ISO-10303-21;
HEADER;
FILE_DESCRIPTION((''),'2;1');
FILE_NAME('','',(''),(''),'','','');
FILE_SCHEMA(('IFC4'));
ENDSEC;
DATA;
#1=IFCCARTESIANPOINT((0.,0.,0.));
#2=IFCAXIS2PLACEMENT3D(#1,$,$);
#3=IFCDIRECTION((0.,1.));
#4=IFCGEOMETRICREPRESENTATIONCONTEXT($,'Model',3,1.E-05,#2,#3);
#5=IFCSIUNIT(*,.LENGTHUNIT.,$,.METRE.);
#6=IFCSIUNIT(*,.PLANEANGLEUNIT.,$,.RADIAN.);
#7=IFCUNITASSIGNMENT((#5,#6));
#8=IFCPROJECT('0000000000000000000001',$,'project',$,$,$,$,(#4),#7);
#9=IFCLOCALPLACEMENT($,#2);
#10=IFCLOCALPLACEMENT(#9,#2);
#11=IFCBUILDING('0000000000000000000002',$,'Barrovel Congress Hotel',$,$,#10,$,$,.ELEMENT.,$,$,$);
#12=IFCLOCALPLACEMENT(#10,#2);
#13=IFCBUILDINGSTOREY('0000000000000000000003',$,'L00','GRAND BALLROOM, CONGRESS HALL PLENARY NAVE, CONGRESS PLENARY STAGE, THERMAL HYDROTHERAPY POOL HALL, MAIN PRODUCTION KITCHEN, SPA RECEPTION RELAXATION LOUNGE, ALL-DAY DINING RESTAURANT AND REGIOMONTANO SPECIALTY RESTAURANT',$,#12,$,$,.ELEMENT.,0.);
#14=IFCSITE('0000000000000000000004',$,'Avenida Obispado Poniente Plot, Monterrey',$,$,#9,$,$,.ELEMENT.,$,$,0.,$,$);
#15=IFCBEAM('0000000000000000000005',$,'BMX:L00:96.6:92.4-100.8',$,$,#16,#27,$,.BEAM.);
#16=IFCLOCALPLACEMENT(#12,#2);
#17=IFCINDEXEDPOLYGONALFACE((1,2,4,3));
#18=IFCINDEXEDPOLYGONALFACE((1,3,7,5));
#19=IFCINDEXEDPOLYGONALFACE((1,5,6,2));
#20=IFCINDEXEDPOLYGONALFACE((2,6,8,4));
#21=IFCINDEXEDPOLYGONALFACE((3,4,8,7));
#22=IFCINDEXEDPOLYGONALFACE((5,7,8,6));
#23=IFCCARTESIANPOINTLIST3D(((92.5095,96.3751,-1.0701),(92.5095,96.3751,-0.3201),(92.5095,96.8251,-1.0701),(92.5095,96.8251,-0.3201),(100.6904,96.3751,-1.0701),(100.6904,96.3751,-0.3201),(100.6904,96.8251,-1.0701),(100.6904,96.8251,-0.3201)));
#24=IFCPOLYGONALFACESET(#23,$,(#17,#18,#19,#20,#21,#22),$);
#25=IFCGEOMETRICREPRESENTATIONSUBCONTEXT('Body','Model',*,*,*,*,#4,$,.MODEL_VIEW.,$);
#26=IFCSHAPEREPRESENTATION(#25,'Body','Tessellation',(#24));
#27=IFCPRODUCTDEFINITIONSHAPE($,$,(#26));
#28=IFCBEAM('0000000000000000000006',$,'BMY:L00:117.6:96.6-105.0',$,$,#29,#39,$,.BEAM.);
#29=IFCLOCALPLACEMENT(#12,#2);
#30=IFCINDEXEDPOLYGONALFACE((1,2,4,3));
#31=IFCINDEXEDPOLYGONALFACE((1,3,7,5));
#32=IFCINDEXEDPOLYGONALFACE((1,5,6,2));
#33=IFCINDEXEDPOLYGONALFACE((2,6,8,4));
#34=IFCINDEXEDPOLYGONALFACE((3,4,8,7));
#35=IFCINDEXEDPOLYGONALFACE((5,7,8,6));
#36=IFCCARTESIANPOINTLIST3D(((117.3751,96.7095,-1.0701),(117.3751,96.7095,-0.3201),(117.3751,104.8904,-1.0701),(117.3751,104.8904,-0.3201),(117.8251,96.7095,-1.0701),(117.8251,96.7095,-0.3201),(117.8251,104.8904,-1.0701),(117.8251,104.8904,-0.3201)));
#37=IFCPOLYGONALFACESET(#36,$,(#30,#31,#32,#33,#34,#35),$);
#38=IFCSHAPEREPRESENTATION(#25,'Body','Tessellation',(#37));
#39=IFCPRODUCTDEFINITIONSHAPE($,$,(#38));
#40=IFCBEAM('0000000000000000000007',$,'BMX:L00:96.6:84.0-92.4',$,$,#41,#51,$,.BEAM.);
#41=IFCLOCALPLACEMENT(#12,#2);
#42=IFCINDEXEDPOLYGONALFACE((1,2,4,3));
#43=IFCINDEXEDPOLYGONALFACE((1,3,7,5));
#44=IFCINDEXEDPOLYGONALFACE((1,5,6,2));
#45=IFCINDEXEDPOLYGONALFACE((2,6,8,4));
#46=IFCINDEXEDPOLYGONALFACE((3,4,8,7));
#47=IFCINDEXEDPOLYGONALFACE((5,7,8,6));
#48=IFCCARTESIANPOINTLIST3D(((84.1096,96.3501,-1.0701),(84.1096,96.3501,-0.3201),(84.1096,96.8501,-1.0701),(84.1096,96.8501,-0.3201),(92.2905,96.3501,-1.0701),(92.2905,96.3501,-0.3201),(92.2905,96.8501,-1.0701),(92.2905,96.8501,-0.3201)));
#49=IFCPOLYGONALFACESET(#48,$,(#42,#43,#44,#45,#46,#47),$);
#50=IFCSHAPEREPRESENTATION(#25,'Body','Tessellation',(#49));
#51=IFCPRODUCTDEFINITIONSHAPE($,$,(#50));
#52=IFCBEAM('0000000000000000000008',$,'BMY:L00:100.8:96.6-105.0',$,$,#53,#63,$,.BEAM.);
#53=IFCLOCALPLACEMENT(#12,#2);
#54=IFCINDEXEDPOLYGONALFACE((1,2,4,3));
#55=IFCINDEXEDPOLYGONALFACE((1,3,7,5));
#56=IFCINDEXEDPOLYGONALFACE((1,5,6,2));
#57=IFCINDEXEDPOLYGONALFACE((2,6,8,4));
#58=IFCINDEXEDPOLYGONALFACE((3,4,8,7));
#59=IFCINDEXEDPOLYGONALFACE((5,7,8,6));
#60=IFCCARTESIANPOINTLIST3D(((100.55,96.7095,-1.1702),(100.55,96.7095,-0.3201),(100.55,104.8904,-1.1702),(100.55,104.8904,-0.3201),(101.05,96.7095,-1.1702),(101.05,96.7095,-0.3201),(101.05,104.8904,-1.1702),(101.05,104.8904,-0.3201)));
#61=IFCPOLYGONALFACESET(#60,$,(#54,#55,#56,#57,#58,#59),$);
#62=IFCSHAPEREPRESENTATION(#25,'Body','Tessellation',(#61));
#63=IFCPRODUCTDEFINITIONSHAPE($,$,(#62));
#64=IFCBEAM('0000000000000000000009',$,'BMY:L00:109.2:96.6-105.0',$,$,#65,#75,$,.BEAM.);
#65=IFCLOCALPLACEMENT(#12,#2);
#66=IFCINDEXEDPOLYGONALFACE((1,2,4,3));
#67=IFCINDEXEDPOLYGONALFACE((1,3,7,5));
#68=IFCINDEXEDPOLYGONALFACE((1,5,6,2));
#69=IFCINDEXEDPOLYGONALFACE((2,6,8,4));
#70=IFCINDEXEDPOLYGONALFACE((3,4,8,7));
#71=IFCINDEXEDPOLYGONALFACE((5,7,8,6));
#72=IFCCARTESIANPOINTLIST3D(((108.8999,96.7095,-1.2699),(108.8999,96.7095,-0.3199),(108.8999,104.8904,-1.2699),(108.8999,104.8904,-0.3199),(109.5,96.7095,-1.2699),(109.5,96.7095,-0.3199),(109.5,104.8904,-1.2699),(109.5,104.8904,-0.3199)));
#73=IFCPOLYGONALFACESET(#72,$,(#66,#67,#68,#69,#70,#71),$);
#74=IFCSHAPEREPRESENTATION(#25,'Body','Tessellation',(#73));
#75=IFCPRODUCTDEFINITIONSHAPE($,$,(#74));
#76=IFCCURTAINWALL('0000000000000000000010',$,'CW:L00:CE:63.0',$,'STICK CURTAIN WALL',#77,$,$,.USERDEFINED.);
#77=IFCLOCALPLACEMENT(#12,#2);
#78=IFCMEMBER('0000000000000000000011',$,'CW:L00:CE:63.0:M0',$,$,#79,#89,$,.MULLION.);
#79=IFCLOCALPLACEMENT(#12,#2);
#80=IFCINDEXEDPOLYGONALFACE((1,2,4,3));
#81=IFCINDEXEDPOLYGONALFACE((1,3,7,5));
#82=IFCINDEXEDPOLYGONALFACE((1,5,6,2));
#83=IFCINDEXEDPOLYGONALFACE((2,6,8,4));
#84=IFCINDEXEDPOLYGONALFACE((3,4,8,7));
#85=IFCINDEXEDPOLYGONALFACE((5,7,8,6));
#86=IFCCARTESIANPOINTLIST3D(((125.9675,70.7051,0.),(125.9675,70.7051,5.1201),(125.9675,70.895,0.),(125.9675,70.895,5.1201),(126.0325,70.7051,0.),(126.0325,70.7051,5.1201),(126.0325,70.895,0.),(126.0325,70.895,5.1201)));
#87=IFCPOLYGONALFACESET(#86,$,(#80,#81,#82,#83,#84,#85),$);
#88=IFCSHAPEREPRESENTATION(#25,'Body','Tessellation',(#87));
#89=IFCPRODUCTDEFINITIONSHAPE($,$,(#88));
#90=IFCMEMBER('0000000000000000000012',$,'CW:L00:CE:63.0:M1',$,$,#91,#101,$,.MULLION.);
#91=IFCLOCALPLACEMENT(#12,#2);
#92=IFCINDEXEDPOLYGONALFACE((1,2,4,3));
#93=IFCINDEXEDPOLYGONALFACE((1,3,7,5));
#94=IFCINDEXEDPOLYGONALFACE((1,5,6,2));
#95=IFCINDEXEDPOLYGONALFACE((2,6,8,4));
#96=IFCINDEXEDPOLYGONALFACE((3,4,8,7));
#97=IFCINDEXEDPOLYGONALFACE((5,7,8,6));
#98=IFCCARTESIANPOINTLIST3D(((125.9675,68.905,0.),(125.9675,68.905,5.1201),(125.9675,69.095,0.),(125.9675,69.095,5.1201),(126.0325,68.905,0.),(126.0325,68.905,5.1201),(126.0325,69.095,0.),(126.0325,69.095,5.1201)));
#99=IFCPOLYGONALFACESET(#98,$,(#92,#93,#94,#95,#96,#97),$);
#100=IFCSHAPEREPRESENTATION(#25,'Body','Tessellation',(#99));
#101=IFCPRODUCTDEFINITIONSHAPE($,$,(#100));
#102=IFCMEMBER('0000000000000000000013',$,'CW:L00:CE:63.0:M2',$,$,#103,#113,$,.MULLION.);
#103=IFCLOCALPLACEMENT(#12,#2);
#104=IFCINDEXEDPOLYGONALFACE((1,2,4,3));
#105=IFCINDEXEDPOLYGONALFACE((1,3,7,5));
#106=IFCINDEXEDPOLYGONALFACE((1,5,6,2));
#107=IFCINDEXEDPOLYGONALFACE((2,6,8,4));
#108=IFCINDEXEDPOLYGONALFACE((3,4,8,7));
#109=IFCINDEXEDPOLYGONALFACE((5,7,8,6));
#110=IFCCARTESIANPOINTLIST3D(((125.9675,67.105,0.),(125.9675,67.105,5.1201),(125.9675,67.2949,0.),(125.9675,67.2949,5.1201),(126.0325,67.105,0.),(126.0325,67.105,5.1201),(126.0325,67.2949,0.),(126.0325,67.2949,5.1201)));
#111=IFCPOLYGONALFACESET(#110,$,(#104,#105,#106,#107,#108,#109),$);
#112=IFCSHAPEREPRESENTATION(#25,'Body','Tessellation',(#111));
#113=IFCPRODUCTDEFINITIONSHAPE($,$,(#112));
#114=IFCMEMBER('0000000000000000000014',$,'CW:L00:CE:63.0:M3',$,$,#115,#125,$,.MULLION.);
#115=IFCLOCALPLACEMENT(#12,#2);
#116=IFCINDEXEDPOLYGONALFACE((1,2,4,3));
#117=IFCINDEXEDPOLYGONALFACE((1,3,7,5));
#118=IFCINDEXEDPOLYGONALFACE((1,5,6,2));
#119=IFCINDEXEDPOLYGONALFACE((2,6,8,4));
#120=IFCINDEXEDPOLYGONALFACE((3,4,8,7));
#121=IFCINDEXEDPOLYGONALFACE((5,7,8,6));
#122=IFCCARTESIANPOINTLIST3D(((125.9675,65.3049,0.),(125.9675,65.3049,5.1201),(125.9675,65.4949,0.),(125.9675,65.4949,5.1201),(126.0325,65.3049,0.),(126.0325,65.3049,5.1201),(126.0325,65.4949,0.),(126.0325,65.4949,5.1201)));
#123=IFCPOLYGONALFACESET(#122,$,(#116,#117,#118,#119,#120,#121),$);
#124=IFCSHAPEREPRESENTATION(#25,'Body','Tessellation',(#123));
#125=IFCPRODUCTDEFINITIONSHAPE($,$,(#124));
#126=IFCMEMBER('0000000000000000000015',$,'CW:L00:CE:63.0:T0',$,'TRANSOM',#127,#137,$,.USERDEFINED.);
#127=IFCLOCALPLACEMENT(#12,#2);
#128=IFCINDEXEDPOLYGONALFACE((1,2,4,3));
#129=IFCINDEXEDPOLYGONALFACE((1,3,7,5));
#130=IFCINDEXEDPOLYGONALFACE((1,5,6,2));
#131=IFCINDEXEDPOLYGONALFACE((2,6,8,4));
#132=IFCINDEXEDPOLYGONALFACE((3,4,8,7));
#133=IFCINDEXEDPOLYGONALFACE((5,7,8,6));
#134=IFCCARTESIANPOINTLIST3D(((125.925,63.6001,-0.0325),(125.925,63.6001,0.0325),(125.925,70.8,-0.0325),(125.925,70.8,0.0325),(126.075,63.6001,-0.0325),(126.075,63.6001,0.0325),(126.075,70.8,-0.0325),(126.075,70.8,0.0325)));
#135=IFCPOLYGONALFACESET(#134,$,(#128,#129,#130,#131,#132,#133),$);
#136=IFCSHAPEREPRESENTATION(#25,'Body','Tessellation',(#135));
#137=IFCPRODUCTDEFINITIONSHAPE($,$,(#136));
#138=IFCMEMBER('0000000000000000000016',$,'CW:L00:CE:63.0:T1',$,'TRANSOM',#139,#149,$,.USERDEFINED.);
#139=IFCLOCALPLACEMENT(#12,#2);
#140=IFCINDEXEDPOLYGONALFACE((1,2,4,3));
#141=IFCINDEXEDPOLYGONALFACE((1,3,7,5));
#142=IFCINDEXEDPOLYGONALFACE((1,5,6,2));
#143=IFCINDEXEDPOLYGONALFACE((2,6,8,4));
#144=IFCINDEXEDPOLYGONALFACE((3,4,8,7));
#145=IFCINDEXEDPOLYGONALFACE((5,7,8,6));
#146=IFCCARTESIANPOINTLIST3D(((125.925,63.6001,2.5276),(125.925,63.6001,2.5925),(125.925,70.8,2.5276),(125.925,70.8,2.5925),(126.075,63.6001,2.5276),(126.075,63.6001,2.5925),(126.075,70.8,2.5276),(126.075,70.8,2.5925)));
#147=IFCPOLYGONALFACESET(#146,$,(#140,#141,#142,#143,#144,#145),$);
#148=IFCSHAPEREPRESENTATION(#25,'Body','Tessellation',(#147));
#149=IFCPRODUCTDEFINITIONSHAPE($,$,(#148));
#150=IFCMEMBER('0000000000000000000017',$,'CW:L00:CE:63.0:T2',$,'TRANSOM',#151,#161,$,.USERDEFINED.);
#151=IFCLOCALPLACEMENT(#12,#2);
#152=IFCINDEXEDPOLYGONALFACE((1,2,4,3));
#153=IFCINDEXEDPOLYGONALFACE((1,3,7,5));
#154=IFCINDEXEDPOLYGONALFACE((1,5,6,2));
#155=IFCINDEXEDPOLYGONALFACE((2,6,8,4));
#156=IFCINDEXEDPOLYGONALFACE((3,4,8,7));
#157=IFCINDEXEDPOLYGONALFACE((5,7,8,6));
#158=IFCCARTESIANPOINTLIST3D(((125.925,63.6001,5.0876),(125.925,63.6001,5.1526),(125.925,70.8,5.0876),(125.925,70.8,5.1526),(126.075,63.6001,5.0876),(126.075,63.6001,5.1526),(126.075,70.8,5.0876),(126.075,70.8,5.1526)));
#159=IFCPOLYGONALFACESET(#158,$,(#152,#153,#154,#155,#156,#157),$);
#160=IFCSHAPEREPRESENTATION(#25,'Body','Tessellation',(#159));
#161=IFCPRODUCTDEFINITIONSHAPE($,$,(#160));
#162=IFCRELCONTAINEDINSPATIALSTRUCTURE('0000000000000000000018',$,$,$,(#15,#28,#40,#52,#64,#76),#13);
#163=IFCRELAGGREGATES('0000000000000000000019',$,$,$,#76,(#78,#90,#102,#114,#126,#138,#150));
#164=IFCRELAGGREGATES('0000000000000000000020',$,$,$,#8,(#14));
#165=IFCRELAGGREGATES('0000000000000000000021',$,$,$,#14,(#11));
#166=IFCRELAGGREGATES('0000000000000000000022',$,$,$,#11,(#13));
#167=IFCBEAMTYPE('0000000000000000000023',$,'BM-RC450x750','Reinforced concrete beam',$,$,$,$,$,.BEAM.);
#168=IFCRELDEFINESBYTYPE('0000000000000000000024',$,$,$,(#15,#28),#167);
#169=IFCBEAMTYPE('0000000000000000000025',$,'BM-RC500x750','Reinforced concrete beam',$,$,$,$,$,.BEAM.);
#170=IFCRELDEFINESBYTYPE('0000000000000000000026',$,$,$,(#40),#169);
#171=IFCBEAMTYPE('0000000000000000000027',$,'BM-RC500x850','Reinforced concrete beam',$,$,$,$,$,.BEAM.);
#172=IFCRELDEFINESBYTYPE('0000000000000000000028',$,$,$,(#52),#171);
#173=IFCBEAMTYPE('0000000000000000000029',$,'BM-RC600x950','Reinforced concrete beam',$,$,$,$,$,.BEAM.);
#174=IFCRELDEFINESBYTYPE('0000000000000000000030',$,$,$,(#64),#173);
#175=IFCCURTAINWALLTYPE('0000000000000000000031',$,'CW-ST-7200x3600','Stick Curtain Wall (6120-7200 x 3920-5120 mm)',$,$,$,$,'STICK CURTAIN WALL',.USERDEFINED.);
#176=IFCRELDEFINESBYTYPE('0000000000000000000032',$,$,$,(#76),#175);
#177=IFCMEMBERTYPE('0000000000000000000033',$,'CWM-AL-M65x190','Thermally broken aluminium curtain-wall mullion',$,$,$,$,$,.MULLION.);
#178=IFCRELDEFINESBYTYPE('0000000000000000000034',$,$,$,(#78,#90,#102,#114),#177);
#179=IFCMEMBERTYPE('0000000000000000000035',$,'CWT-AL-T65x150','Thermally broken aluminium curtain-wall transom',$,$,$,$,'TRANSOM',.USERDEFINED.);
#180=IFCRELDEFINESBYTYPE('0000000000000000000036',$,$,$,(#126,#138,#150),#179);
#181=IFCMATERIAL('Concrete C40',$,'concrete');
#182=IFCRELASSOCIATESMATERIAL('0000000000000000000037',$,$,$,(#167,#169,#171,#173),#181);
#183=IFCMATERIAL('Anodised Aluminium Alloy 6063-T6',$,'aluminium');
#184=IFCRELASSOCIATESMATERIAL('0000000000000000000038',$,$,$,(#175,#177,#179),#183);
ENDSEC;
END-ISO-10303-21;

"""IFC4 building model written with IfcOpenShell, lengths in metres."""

from ifc_helpers import new_model, si_unit, direction, frame, origin, origin_2d, place, context, subcontext, project, spatial, rectangle, extrude, material, material_profile, profile_set, type_object, element, aggregate, save


model = new_model("IFC4")

# Units and contexts
model_context = context("Model", 3, precision=1e-05, world=origin(), true_north=direction((0.0, 1.0)))
body_context = subcontext(model_context, "Body", "Model", "MODEL_VIEW")
ifc_project = project(units=[si_unit("LENGTHUNIT", "METRE"), si_unit("PLANEANGLEUNIT", "RADIAN")], contexts=[model_context])

# Site, building, storey
site_placement = place(None, origin())
site = spatial("IfcSite", under=ifc_project, at=site_placement, Name="Avenida Obispado Poniente Plot, Monterrey", CompositionType="ELEMENT", RefElevation=0.0)
building_placement = place(site_placement, origin())
building = spatial("IfcBuilding", under=site, at=building_placement, Name="Barrovel Congress Hotel", CompositionType="ELEMENT")
storey_placement = place(building_placement, origin())
storey = spatial("IfcBuildingStorey", under=building, at=storey_placement, Name="L00", Description="GRAND BALLROOM, CONGRESS HALL PLENARY NAVE, CONGRESS PLENARY STAGE, THERMAL HYDROTHERAPY POOL HALL, MAIN PRODUCTION KITCHEN, SPA RECEPTION RELAXATION LOUNGE, ALL-DAY DINING RESTAURANT AND REGIOMONTANO SPECIALTY RESTAURANT", CompositionType="ELEMENT", Elevation=0.0)

# Shared definitions
ifc_material_1 = material(Name="Concrete C40", Category="concrete")

# Beams
ifc_material_profile_1 = material_profile(ifc_material_1, rectangle(XDim=0.45, YDim=0.75, at=origin_2d()), Name="RC450x750")
ifc_profile_set_1 = profile_set([ifc_material_profile_1], Name="Concrete C40")
beam_type_1 = type_object("IfcBeamType", Name="BM-RC450x750", Description="Reinforced concrete beam", PredefinedType="BEAM", material=ifc_profile_set_1)
for number, where, z_axis, x_axis, name in (
    (1, (92.5095, 96.6001, -0.6951), (1.0, 0.0, 0.0), (0.0, 1.0, 0.0), "BMX:L00:96.6:92.4-100.8"),
    (2, (117.6001, 96.7095, -0.6951), (0.0, 1.0, 0.0), (-1.0, 0.0, 0.0), "BMY:L00:117.6:96.6-105.0"),
):
    element("IfcBeam", number, at=place(storey_placement, frame(where, z_axis=z_axis, x_axis=x_axis)), inside=storey, type_object=beam_type_1, Name=name, PredefinedType="BEAM", context=body_context, shape_type="SweptSolid", body=[
        extrude(rectangle(XDim=0.45, YDim=0.75, at=origin_2d()), origin(), (0.0, 0.0, 1.0), 8.1809),
    ])
ifc_material_profile_2 = material_profile(ifc_material_1, rectangle(XDim=0.5, YDim=0.75, at=origin_2d()), Name="RC500x750")
ifc_profile_set_2 = profile_set([ifc_material_profile_2], Name="Concrete C40")
beam_type_2 = type_object("IfcBeamType", Name="BM-RC500x750", Description="Reinforced concrete beam", PredefinedType="BEAM", material=ifc_profile_set_2)
beam_1_placement = place(storey_placement, frame((84.1096, 96.6001, -0.6951), z_axis=(1.0, 0.0, 0.0), x_axis=(0.0, 1.0, 0.0)))
element("IfcBeam", 3, at=beam_1_placement, inside=storey, type_object=beam_type_2, Name="BMX:L00:96.6:84.0-92.4", PredefinedType="BEAM", context=body_context, shape_type="SweptSolid", body=[
    extrude(rectangle(XDim=0.5, YDim=0.75, at=origin_2d()), origin(), (0.0, 0.0, 1.0), 8.1809),
])
ifc_material_profile_3 = material_profile(ifc_material_1, rectangle(XDim=0.5, YDim=0.8501, at=origin_2d()), Name="RC500x850")
ifc_profile_set_3 = profile_set([ifc_material_profile_3], Name="Concrete C40")
beam_type_3 = type_object("IfcBeamType", Name="BM-RC500x850", Description="Reinforced concrete beam", PredefinedType="BEAM", material=ifc_profile_set_3)
beam_2_placement = place(storey_placement, frame((100.8, 96.7095, -0.7451), z_axis=(0.0, 1.0, 0.0), x_axis=(-1.0, 0.0, 0.0)))
element("IfcBeam", 4, at=beam_2_placement, inside=storey, type_object=beam_type_3, Name="BMY:L00:100.8:96.6-105.0", PredefinedType="BEAM", context=body_context, shape_type="SweptSolid", body=[
    extrude(rectangle(XDim=0.5, YDim=0.8501, at=origin_2d()), origin(), (0.0, 0.0, 1.0), 8.1809),
])
ifc_material_profile_4 = material_profile(ifc_material_1, rectangle(XDim=0.6001, YDim=0.95, at=origin_2d()), Name="RC600x950")
ifc_profile_set_4 = profile_set([ifc_material_profile_4], Name="Concrete C40")
beam_type_4 = type_object("IfcBeamType", Name="BM-RC600x950", Description="Reinforced concrete beam", PredefinedType="BEAM", material=ifc_profile_set_4)
beam_3_placement = place(storey_placement, frame((109.2, 96.7095, -0.7949), z_axis=(0.0, 1.0, 0.0), x_axis=(-1.0, 0.0, 0.0)))
element("IfcBeam", 5, at=beam_3_placement, inside=storey, type_object=beam_type_4, Name="BMY:L00:109.2:96.6-105.0", PredefinedType="BEAM", context=body_context, shape_type="SweptSolid", body=[
    extrude(rectangle(XDim=0.6001, YDim=0.95, at=origin_2d()), origin(), (0.0, 0.0, 1.0), 8.1809),
])

# Curtain wall, members
ifc_material_2 = material(Name="Anodised Aluminium Alloy 6063-T6", Category="aluminium")
curtain_wall_type = type_object("IfcCurtainWallType", Name="CW-ST-7200x3600", Description="Stick Curtain Wall (6120-7200 x 3920-5120 mm)", ElementType="STICK CURTAIN WALL", PredefinedType="USERDEFINED", material=ifc_material_2)
curtain_wall_placement = place(storey_placement, origin())
curtain_wall = element("IfcCurtainWall", 6, at=curtain_wall_placement, inside=storey, type_object=curtain_wall_type, Name="CW:L00:CE:63.0", ObjectType="STICK CURTAIN WALL", PredefinedType="USERDEFINED")
ifc_material_profile_5 = material_profile(ifc_material_2, rectangle(XDim=0.0649, YDim=0.1899, at=origin_2d()), Name="AL-M65x190")
ifc_profile_set_5 = profile_set([ifc_material_profile_5], Name="Anodised Aluminium Alloy 6063-T6")
member_type_1 = type_object("IfcMemberType", Name="CWM-AL-M65x190", Description="Thermally broken aluminium curtain-wall mullion", PredefinedType="MULLION", material=ifc_profile_set_5)
member_1_placement = place(storey_placement, frame((126.0, 70.8, 0.0), z_axis=(0.0, 0.0, 1.0), x_axis=(1.0, 0.0, 0.0)))
member_1 = element("IfcMember", 7, at=member_1_placement, type_object=member_type_1, Name="CW:L00:CE:63.0:M0", PredefinedType="MULLION", context=body_context, shape_type="SweptSolid", body=[
    extrude(rectangle(XDim=0.0649, YDim=0.1899, at=origin_2d()), origin(), (0.0, 0.0, 1.0), 5.1201),
])
member_2_placement = place(storey_placement, frame((126.0, 69.0, 0.0), z_axis=(0.0, 0.0, 1.0), x_axis=(1.0, 0.0, 0.0)))
member_2 = element("IfcMember", 8, at=member_2_placement, type_object=member_type_1, Name="CW:L00:CE:63.0:M1", PredefinedType="MULLION", context=body_context, shape_type="SweptSolid", body=[
    extrude(rectangle(XDim=0.0649, YDim=0.1899, at=origin_2d()), origin(), (0.0, 0.0, 1.0), 5.1201),
])
member_3_placement = place(storey_placement, frame((126.0, 67.2, 0.0), z_axis=(0.0, 0.0, 1.0), x_axis=(1.0, 0.0, 0.0)))
member_3 = element("IfcMember", 9, at=member_3_placement, type_object=member_type_1, Name="CW:L00:CE:63.0:M2", PredefinedType="MULLION", context=body_context, shape_type="SweptSolid", body=[
    extrude(rectangle(XDim=0.0649, YDim=0.1899, at=origin_2d()), origin(), (0.0, 0.0, 1.0), 5.1201),
])
member_4_placement = place(storey_placement, frame((126.0, 65.3999, 0.0), z_axis=(0.0, 0.0, 1.0), x_axis=(1.0, 0.0, 0.0)))
member_4 = element("IfcMember", 10, at=member_4_placement, type_object=member_type_1, Name="CW:L00:CE:63.0:M3", PredefinedType="MULLION", context=body_context, shape_type="SweptSolid", body=[
    extrude(rectangle(XDim=0.0649, YDim=0.1899, at=origin_2d()), origin(), (0.0, 0.0, 1.0), 5.1201),
])
ifc_material_profile_6 = material_profile(ifc_material_2, rectangle(XDim=0.1499, YDim=0.0649, at=origin_2d()), Name="AL-T65x150")
ifc_profile_set_6 = profile_set([ifc_material_profile_6], Name="Anodised Aluminium Alloy 6063-T6")
member_type_2 = type_object("IfcMemberType", Name="CWT-AL-T65x150", Description="Thermally broken aluminium curtain-wall transom", ElementType="TRANSOM", PredefinedType="USERDEFINED", material=ifc_profile_set_6)
member_5_placement = place(storey_placement, frame((126.0, 70.8, 0.0), z_axis=(0.0, -1.0, 0.0), x_axis=(1.0, 0.0, 0.0)))
member_5 = element("IfcMember", 11, at=member_5_placement, type_object=member_type_2, Name="CW:L00:CE:63.0:T0", ObjectType="TRANSOM", PredefinedType="USERDEFINED", context=body_context, shape_type="SweptSolid", body=[
    extrude(rectangle(XDim=0.1499, YDim=0.0649, at=origin_2d()), origin(), (0.0, 0.0, 1.0), 7.2),
])
member_6_placement = place(storey_placement, frame((126.0, 70.8, 2.5601), z_axis=(0.0, -1.0, 0.0), x_axis=(1.0, 0.0, 0.0)))
member_6 = element("IfcMember", 12, at=member_6_placement, type_object=member_type_2, Name="CW:L00:CE:63.0:T1", ObjectType="TRANSOM", PredefinedType="USERDEFINED", context=body_context, shape_type="SweptSolid", body=[
    extrude(rectangle(XDim=0.1499, YDim=0.0649, at=origin_2d()), origin(), (0.0, 0.0, 1.0), 7.2),
])
member_7_placement = place(storey_placement, frame((126.0, 70.8, 5.1201), z_axis=(0.0, -1.0, 0.0), x_axis=(1.0, 0.0, 0.0)))
member_7 = element("IfcMember", 13, at=member_7_placement, type_object=member_type_2, Name="CW:L00:CE:63.0:T2", ObjectType="TRANSOM", PredefinedType="USERDEFINED", context=body_context, shape_type="SweptSolid", body=[
    extrude(rectangle(XDim=0.1499, YDim=0.0649, at=origin_2d()), origin(), (0.0, 0.0, 1.0), 7.2),
])

aggregate(curtain_wall, [member_1, member_2, member_3, member_4, member_5, member_6, member_7])

save(model, "model.ifc")
